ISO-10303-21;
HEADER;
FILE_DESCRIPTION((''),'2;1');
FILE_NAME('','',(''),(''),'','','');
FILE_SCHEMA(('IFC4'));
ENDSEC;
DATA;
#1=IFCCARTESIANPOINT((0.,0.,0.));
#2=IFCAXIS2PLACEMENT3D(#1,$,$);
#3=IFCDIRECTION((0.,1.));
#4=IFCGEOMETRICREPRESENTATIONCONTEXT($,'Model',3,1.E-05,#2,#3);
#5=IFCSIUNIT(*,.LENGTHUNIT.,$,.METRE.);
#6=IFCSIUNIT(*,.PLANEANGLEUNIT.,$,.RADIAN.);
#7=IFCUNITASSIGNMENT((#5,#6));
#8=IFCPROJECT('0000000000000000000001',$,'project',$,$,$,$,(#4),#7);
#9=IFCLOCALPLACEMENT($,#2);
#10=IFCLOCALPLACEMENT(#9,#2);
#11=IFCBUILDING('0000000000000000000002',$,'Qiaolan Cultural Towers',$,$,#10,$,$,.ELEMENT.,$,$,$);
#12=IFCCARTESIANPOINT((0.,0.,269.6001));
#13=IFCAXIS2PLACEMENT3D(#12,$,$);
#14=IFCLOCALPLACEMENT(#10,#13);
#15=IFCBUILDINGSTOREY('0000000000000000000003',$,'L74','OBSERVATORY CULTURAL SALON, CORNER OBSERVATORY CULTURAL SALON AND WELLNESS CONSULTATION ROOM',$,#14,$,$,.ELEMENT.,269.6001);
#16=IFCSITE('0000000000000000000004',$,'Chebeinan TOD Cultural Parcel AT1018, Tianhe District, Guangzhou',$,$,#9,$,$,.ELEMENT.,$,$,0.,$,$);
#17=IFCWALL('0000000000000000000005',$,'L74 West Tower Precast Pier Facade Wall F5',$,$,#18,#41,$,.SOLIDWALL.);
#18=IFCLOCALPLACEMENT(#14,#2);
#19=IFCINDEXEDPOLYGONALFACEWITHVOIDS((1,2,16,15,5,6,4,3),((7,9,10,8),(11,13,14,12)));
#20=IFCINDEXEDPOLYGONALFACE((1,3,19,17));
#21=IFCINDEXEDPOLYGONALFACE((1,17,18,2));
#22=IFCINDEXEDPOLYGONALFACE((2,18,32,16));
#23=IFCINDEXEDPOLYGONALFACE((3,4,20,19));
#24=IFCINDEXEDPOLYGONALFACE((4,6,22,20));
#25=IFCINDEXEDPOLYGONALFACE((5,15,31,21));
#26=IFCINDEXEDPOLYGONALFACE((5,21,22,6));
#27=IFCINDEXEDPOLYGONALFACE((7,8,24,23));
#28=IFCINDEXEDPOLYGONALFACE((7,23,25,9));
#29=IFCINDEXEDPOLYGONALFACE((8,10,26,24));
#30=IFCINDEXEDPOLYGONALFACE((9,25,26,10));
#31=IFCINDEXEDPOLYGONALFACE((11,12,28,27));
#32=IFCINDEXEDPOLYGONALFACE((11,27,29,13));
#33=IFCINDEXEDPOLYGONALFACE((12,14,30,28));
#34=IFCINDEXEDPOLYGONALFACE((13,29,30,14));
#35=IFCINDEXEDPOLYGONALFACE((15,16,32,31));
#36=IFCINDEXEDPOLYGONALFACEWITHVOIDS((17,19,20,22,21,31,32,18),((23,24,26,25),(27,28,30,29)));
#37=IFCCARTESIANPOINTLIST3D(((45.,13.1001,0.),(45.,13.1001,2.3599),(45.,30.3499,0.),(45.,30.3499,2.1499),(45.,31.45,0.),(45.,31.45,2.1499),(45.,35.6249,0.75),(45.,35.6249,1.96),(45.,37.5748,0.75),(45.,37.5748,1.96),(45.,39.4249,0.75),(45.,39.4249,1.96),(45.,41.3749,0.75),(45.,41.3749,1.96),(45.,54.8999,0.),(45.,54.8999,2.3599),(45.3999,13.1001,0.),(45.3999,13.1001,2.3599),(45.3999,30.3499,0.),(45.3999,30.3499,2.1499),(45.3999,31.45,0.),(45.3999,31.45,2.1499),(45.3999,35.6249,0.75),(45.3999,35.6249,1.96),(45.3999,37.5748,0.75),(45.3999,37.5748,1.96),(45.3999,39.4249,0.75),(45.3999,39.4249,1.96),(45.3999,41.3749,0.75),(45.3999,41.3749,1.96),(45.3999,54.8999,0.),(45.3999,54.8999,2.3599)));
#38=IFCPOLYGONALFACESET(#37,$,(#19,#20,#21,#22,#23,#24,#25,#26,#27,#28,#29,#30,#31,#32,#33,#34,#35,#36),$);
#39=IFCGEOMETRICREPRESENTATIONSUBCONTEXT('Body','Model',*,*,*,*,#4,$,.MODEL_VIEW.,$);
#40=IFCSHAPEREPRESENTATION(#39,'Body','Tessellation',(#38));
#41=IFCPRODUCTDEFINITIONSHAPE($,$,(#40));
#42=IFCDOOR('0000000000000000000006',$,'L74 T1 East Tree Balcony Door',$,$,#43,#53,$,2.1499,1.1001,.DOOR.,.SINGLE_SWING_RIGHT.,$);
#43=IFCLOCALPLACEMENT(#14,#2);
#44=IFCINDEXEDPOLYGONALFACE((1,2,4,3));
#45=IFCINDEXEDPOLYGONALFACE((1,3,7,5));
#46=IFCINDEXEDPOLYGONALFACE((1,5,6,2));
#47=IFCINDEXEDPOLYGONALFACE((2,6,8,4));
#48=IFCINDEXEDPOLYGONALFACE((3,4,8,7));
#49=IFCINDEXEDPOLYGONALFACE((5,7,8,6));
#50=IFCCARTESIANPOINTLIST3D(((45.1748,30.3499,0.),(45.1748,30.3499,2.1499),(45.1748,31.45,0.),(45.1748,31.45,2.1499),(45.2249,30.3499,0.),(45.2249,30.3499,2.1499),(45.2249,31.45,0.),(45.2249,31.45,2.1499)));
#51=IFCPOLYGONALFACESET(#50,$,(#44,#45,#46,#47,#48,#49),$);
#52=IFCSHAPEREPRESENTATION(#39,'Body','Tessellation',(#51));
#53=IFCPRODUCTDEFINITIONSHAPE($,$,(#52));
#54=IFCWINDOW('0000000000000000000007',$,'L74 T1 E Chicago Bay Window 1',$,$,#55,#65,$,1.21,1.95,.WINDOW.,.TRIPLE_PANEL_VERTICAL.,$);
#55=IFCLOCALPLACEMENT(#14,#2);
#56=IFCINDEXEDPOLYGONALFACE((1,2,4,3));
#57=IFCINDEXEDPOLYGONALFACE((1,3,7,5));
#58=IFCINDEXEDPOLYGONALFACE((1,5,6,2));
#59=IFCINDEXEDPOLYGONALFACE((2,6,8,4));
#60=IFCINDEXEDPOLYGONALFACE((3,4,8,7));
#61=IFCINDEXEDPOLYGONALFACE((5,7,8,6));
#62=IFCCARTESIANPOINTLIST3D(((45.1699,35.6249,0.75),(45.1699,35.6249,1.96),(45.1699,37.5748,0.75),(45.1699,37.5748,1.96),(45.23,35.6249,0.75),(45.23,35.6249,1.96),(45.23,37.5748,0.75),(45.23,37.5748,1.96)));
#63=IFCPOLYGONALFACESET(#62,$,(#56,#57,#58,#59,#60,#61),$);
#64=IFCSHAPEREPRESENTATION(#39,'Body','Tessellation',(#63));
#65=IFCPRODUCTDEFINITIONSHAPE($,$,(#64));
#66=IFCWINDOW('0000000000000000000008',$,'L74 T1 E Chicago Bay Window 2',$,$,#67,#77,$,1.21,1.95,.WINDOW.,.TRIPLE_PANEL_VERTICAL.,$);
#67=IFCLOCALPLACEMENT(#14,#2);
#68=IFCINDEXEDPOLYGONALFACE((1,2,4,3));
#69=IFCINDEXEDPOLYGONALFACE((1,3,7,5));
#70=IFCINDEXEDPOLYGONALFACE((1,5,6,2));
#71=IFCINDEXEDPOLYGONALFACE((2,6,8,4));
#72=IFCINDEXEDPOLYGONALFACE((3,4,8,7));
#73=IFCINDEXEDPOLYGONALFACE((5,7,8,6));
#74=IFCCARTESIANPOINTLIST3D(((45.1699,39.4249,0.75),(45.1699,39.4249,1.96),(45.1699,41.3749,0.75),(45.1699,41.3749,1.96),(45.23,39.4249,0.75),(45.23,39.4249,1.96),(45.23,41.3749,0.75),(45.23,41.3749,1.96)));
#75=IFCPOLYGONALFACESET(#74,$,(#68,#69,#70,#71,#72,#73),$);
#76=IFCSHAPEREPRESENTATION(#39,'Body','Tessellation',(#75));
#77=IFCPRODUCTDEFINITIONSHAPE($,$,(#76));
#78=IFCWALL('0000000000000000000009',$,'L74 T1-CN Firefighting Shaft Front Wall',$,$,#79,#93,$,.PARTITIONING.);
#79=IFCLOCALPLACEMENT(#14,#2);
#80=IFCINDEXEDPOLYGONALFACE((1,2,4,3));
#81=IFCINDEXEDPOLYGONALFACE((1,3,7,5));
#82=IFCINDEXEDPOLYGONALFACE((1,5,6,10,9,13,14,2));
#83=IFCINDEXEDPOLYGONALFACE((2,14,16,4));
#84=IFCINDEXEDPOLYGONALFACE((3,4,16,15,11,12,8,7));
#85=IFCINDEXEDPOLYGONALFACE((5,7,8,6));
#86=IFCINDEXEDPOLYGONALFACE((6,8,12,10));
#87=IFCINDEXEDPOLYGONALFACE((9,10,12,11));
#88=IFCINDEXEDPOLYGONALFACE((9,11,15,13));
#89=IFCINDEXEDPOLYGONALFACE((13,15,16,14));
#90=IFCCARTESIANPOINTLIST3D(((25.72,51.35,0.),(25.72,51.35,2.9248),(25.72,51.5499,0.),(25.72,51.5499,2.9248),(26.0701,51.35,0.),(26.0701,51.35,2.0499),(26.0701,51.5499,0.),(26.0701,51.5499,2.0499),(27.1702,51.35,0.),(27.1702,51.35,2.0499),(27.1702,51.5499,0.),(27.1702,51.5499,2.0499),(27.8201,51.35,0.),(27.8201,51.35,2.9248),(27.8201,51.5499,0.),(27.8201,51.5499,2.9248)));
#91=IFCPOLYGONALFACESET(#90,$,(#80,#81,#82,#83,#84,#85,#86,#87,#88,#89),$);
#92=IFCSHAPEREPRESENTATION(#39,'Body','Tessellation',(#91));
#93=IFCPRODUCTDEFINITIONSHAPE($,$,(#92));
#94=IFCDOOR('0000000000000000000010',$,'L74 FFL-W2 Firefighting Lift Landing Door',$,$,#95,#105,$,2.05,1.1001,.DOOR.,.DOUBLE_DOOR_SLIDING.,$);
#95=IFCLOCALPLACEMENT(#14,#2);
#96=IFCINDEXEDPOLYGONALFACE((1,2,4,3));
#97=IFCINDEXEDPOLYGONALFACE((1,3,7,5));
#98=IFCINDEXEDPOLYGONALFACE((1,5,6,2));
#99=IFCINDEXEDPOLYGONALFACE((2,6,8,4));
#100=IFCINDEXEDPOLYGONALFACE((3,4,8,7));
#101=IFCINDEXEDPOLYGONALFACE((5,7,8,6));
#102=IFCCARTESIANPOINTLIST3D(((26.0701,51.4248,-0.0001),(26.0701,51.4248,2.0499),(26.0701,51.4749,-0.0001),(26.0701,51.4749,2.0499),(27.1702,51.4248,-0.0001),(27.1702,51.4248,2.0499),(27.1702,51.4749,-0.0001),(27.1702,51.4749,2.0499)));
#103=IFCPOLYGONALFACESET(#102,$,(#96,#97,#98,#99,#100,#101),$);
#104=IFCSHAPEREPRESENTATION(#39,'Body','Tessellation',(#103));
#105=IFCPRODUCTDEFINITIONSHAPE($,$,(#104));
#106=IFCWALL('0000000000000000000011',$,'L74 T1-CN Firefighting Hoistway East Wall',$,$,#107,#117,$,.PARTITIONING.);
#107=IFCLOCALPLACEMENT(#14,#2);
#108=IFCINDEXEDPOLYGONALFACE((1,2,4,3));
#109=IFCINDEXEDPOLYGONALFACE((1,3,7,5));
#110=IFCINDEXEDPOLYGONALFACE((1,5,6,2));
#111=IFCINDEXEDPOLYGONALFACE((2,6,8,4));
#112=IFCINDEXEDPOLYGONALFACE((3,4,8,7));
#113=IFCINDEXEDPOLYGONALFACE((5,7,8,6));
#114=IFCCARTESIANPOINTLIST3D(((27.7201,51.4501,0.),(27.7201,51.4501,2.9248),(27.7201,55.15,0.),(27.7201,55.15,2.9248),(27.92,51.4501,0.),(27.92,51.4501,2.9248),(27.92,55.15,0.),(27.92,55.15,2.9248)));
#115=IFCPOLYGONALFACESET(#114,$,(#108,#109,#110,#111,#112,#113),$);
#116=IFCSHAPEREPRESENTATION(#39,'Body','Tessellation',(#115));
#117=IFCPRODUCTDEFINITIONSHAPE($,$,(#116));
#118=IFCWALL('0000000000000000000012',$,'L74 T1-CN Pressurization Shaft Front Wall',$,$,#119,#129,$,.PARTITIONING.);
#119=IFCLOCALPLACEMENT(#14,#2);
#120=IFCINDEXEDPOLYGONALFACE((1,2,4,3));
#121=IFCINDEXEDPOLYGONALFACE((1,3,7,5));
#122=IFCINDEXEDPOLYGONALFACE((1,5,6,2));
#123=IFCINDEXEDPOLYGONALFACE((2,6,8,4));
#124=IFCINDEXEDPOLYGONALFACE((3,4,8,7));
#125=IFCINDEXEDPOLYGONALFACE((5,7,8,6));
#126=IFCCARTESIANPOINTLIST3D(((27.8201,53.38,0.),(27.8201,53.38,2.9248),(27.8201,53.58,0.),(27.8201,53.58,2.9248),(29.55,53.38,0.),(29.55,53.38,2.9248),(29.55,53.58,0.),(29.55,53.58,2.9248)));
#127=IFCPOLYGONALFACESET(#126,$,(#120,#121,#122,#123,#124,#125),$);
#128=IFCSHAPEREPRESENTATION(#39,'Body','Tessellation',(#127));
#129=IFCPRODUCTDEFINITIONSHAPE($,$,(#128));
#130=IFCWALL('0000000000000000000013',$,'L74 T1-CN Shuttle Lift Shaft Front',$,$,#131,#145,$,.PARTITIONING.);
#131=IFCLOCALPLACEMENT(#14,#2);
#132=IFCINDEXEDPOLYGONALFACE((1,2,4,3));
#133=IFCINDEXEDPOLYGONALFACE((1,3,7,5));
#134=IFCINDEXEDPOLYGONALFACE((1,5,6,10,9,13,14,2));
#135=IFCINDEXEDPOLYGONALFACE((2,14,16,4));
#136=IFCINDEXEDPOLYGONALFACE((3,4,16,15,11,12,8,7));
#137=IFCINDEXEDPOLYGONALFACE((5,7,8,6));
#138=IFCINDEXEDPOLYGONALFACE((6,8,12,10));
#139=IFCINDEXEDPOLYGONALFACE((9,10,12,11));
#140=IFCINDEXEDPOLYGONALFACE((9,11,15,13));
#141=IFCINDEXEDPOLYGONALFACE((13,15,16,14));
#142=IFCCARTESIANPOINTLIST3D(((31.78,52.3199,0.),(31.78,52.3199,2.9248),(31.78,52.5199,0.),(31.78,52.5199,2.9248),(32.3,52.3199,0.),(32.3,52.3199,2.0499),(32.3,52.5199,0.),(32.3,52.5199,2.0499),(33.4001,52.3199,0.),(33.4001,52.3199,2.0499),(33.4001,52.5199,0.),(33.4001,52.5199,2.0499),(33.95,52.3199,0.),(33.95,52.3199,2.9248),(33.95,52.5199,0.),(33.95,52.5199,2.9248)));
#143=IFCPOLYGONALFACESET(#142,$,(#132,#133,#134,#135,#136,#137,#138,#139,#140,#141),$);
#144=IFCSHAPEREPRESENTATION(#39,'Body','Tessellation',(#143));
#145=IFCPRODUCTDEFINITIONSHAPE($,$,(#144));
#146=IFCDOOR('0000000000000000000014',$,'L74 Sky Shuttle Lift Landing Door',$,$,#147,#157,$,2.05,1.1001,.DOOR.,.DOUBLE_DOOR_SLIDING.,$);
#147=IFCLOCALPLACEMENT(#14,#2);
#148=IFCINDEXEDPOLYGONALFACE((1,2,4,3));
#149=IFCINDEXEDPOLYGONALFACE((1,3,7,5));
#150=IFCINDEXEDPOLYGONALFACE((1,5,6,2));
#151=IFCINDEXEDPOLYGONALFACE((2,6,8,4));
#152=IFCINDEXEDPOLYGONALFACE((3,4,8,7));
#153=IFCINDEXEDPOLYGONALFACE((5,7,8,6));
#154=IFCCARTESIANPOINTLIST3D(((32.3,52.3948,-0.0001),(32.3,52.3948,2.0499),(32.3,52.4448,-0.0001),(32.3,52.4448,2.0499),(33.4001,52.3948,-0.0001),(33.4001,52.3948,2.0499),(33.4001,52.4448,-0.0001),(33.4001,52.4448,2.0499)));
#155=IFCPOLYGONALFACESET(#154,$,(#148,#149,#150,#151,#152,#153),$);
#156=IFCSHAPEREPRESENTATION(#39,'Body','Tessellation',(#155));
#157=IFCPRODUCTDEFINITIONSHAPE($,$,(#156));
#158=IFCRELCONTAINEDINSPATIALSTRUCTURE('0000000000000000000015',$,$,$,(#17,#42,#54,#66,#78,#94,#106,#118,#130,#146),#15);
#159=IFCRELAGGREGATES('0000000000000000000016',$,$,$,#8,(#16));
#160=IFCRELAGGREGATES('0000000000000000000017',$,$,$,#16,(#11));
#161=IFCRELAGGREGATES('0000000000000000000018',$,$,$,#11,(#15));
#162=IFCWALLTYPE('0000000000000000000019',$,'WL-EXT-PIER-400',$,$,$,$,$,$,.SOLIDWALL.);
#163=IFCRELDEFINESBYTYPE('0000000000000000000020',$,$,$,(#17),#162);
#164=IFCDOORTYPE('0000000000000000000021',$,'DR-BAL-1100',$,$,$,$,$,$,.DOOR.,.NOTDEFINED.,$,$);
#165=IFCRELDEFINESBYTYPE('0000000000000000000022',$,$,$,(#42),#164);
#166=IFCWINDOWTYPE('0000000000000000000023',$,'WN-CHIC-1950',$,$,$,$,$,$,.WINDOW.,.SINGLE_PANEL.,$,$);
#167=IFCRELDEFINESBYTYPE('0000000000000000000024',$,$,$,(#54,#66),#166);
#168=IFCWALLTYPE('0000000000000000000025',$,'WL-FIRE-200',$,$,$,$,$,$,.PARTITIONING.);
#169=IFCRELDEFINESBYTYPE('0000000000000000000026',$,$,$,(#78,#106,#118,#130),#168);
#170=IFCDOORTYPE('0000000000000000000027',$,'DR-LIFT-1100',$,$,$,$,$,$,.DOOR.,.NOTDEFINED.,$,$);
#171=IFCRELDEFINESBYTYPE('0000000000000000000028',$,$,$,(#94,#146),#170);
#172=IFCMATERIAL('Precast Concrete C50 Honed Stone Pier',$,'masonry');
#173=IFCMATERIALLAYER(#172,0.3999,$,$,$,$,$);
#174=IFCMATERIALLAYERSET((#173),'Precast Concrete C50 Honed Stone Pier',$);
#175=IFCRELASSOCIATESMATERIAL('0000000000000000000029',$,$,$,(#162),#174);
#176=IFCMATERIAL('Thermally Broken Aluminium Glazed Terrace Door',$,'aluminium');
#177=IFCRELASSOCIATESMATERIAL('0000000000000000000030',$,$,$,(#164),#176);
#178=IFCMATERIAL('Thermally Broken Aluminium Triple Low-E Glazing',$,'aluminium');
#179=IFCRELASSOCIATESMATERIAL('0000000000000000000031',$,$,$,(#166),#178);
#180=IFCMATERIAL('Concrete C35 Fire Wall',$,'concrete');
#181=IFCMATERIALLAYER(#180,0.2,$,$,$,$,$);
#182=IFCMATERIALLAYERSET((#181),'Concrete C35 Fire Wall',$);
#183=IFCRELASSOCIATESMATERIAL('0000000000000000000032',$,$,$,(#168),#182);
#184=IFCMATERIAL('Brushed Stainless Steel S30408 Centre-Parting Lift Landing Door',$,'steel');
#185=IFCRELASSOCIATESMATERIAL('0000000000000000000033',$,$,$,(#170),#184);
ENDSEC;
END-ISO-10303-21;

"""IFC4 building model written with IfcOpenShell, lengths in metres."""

from ifc_helpers import new_model, si_unit, direction, frame, frame_2d, origin, place, context, subcontext, project, spatial, rectangle, extrude, material, layer, layer_set, type_object, element, fill, save


model = new_model("IFC4")

# Units and contexts
model_context = context("Model", 3, precision=1e-05, world=origin(), true_north=direction((0.0, 1.0)))
body_context = subcontext(model_context, "Body", "Model", "MODEL_VIEW")
ifc_project = project(units=[si_unit("LENGTHUNIT", "METRE"), si_unit("PLANEANGLEUNIT", "RADIAN")], contexts=[model_context])

# Site, building, storey
site_placement = place(None, origin())
site = spatial("IfcSite", under=ifc_project, at=site_placement, Name="Chebeinan TOD Cultural Parcel AT1018, Tianhe District, Guangzhou", CompositionType="ELEMENT", RefElevation=0.0)
building_placement = place(site_placement, origin())
building = spatial("IfcBuilding", under=site, at=building_placement, Name="Qiaolan Cultural Towers", CompositionType="ELEMENT")
storey_placement = place(building_placement, frame((0.0, 0.0, 269.6001)))
storey = spatial("IfcBuildingStorey", under=building, at=storey_placement, Name="L74", Description="OBSERVATORY CULTURAL SALON, CORNER OBSERVATORY CULTURAL SALON AND WELLNESS CONSULTATION ROOM", CompositionType="ELEMENT", Elevation=269.6001)

# Shared definitions
ifc_material_1 = material(Name="Precast Concrete C50 Honed Stone Pier", Category="masonry")
ifc_layer_1 = layer(ifc_material_1, 0.3999)
ifc_layer_set_1 = layer_set([ifc_layer_1], Name="Precast Concrete C50 Honed Stone Pier")
wall_type_1 = type_object("IfcWallType", Name="WL-EXT-PIER-400", PredefinedType="SOLIDWALL", material=ifc_layer_set_1)

# Wall, openings, door, windows
wall_1_placement = place(storey_placement, frame((45.2, 54.8999, 0.0), z_axis=(0.0, 0.0, 1.0), x_axis=(0.0, -1.0, 0.0)))
wall_1 = element("IfcWall", 1, at=wall_1_placement, inside=storey, type_object=wall_type_1, Name="L74 West Tower Precast Pier Facade Wall F5", PredefinedType="SOLIDWALL", context=body_context, shape_type="SweptSolid", body=[
    extrude(rectangle(XDim=41.7998, YDim=0.3999, at=frame_2d((20.8999, 0.0))), origin(), (0.0, 0.0, 1.0), 2.3599),
])
opening_1_placement = place(wall_1_placement, frame((17.325, 0.0, 0.75)))
opening_1 = element("IfcOpeningElement", 2, at=opening_1_placement, cuts=wall_1, PredefinedType="OPENING", context=body_context, shape_type="SweptSolid", body=[
    extrude(rectangle(XDim=1.95, YDim=1.21, at=frame_2d((0.9751, 0.605))), frame((0.0, 0.21, 0.0), z_axis=(0.0, -1.0, 0.0), x_axis=(1.0, 0.0, 0.0)), (0.0, 0.0, 1.0), 0.4199),
])
opening_2_placement = place(wall_1_placement, frame((13.5249, 0.0, 0.75)))
opening_2 = element("IfcOpeningElement", 3, at=opening_2_placement, cuts=wall_1, PredefinedType="OPENING", context=body_context, shape_type="SweptSolid", body=[
    extrude(rectangle(XDim=1.95, YDim=1.21, at=frame_2d((0.9751, 0.605))), frame((0.0, 0.21, 0.0), z_axis=(0.0, -1.0, 0.0), x_axis=(1.0, 0.0, 0.0)), (0.0, 0.0, 1.0), 0.4199),
])
opening_3_placement = place(wall_1_placement, frame((23.45, 0.0, 0.0)))
opening_3 = element("IfcOpeningElement", 4, at=opening_3_placement, cuts=wall_1, PredefinedType="OPENING", context=body_context, shape_type="SweptSolid", body=[
    extrude(rectangle(XDim=1.1001, YDim=2.1499, at=frame_2d((0.55, 1.075))), frame((0.0, 0.21, 0.0), z_axis=(0.0, -1.0, 0.0), x_axis=(1.0, 0.0, 0.0)), (0.0, 0.0, 1.0), 0.4199),
])
ifc_material_2 = material(Name="Thermally Broken Aluminium Glazed Terrace Door", Category="aluminium")
door_type_1 = type_object("IfcDoorType", Name="DR-BAL-1100", OperationType="NOTDEFINED", PredefinedType="DOOR", material=ifc_material_2)
door_1_placement = place(opening_3_placement, origin())
door_1 = element("IfcDoor", 5, at=door_1_placement, inside=storey, type_object=door_type_1, Name="L74 T1 East Tree Balcony Door", OperationType="SINGLE_SWING_RIGHT", OverallHeight=2.1499, OverallWidth=1.1001, PredefinedType="DOOR", context=body_context, shape_type="SweptSolid", body=[
    extrude(rectangle(XDim=1.1001, YDim=2.1499, at=frame_2d((0.55, 1.075))), frame((0.0, 0.0249, 0.0), z_axis=(0.0, -1.0, 0.0), x_axis=(1.0, 0.0, 0.0)), (0.0, 0.0, 1.0), 0.05),
])
fill(opening_3, door_1)
ifc_material_3 = material(Name="Thermally Broken Aluminium Triple Low-E Glazing", Category="aluminium")
window_type = type_object("IfcWindowType", Name="WN-CHIC-1950", PartitioningType="SINGLE_PANEL", PredefinedType="WINDOW", material=ifc_material_3)
window_1_placement = place(opening_1_placement, origin())
window_1 = element("IfcWindow", 6, at=window_1_placement, inside=storey, type_object=window_type, Name="L74 T1 E Chicago Bay Window 1", OverallHeight=1.21, OverallWidth=1.95, PartitioningType="TRIPLE_PANEL_VERTICAL", PredefinedType="WINDOW", context=body_context, shape_type="SweptSolid", body=[
    extrude(rectangle(XDim=1.95, YDim=1.21, at=frame_2d((0.9751, 0.605))), frame((0.0, 0.03, 0.0), z_axis=(0.0, -1.0, 0.0), x_axis=(1.0, 0.0, 0.0)), (0.0, 0.0, 1.0), 0.0601),
])
fill(opening_1, window_1)
window_2_placement = place(opening_2_placement, origin())
window_2 = element("IfcWindow", 7, at=window_2_placement, inside=storey, type_object=window_type, Name="L74 T1 E Chicago Bay Window 2", OverallHeight=1.21, OverallWidth=1.95, PartitioningType="TRIPLE_PANEL_VERTICAL", PredefinedType="WINDOW", context=body_context, shape_type="SweptSolid", body=[
    extrude(rectangle(XDim=1.95, YDim=1.21, at=frame_2d((0.9751, 0.605))), frame((0.0, 0.03, 0.0), z_axis=(0.0, -1.0, 0.0), x_axis=(1.0, 0.0, 0.0)), (0.0, 0.0, 1.0), 0.0601),
])
fill(opening_2, window_2)

# Wall, opening, door
ifc_material_4 = material(Name="Concrete C35 Fire Wall", Category="concrete")
ifc_layer_2 = layer(ifc_material_4, 0.2)
ifc_layer_set_2 = layer_set([ifc_layer_2], Name="Concrete C35 Fire Wall")
wall_type_2 = type_object("IfcWallType", Name="WL-FIRE-200", PredefinedType="PARTITIONING", material=ifc_layer_set_2)
wall_2_placement = place(storey_placement, frame((25.72, 51.45, 0.0), z_axis=(0.0, 0.0, 1.0), x_axis=(1.0, 0.0, 0.0)))
wall_2 = element("IfcWall", 8, at=wall_2_placement, inside=storey, type_object=wall_type_2, Name="L74 T1-CN Firefighting Shaft Front Wall", PredefinedType="PARTITIONING", context=body_context, shape_type="SweptSolid", body=[
    extrude(rectangle(XDim=2.1001, YDim=0.2, at=frame_2d((1.05, 0.0))), origin(), (0.0, 0.0, 1.0), 2.9248),
])
opening_4_placement = place(wall_2_placement, frame((0.3501, 0.0, 0.0)))
opening_4 = element("IfcOpeningElement", 9, at=opening_4_placement, cuts=wall_2, PredefinedType="OPENING", context=body_context, shape_type="SweptSolid", body=[
    extrude(rectangle(XDim=1.1001, YDim=2.05, at=frame_2d((0.55, 1.0249))), frame((0.0, 0.1099, 0.0), z_axis=(0.0, -1.0, 0.0), x_axis=(1.0, 0.0, 0.0)), (0.0, 0.0, 1.0), 0.22),
])
ifc_material_5 = material(Name="Brushed Stainless Steel S30408 Centre-Parting Lift Landing Door", Category="steel")
door_type_2 = type_object("IfcDoorType", Name="DR-LIFT-1100", OperationType="NOTDEFINED", PredefinedType="DOOR", material=ifc_material_5)
door_2_placement = place(opening_4_placement, origin())
door_2 = element("IfcDoor", 10, at=door_2_placement, inside=storey, type_object=door_type_2, Name="L74 FFL-W2 Firefighting Lift Landing Door", OperationType="DOUBLE_DOOR_SLIDING", OverallHeight=2.05, OverallWidth=1.1001, PredefinedType="DOOR", context=body_context, shape_type="SweptSolid", body=[
    extrude(rectangle(XDim=1.1001, YDim=2.05, at=frame_2d((0.55, 1.0249))), frame((0.0, 0.0249, 0.0), z_axis=(0.0, -1.0, 0.0), x_axis=(1.0, 0.0, 0.0)), (0.0, 0.0, 1.0), 0.05),
])
fill(opening_4, door_2)

# Walls
wall_3_placement = place(storey_placement, frame((27.8201, 51.45, 0.0), z_axis=(0.0, 0.0, 1.0), x_axis=(0.0, 1.0, 0.0)))
element("IfcWall", 11, at=wall_3_placement, inside=storey, type_object=wall_type_2, Name="L74 T1-CN Firefighting Hoistway East Wall", PredefinedType="PARTITIONING", context=body_context, shape_type="SweptSolid", body=[
    extrude(rectangle(XDim=3.7, YDim=0.2, at=frame_2d((1.8501, 0.0))), origin(), (0.0, 0.0, 1.0), 2.9248),
])
wall_4_placement = place(storey_placement, frame((27.8201, 53.48, 0.0), z_axis=(0.0, 0.0, 1.0), x_axis=(1.0, 0.0, 0.0)))
element("IfcWall", 12, at=wall_4_placement, inside=storey, type_object=wall_type_2, Name="L74 T1-CN Pressurization Shaft Front Wall", PredefinedType="PARTITIONING", context=body_context, shape_type="SweptSolid", body=[
    extrude(rectangle(XDim=1.73, YDim=0.2, at=frame_2d((0.865, 0.0))), origin(), (0.0, 0.0, 1.0), 2.9248),
])

# Wall, opening, door
wall_5_placement = place(storey_placement, frame((31.78, 52.4199, 0.0), z_axis=(0.0, 0.0, 1.0), x_axis=(1.0, 0.0, 0.0)))
wall_5 = element("IfcWall", 13, at=wall_5_placement, inside=storey, type_object=wall_type_2, Name="L74 T1-CN Shuttle Lift Shaft Front", PredefinedType="PARTITIONING", context=body_context, shape_type="SweptSolid", body=[
    extrude(rectangle(XDim=2.1699, YDim=0.2, at=frame_2d((1.085, 0.0))), origin(), (0.0, 0.0, 1.0), 2.9248),
])
opening_5_placement = place(wall_5_placement, frame((0.52, 0.0, 0.0)))
opening_5 = element("IfcOpeningElement", 14, at=opening_5_placement, cuts=wall_5, PredefinedType="OPENING", context=body_context, shape_type="SweptSolid", body=[
    extrude(rectangle(XDim=1.1001, YDim=2.05, at=frame_2d((0.55, 1.0249))), frame((0.0, 0.1099, 0.0), z_axis=(0.0, -1.0, 0.0), x_axis=(1.0, 0.0, 0.0)), (0.0, 0.0, 1.0), 0.22),
])
door_3_placement = place(opening_5_placement, origin())
door_3 = element("IfcDoor", 15, at=door_3_placement, inside=storey, type_object=door_type_2, Name="L74 Sky Shuttle Lift Landing Door", OperationType="DOUBLE_DOOR_SLIDING", OverallHeight=2.05, OverallWidth=1.1001, PredefinedType="DOOR", context=body_context, shape_type="SweptSolid", body=[
    extrude(rectangle(XDim=1.1001, YDim=2.05, at=frame_2d((0.55, 1.0249))), frame((0.0, 0.0249, 0.0), z_axis=(0.0, -1.0, 0.0), x_axis=(1.0, 0.0, 0.0)), (0.0, 0.0, 1.0), 0.05),
])
fill(opening_5, door_3)

save(model, "model.ifc")
